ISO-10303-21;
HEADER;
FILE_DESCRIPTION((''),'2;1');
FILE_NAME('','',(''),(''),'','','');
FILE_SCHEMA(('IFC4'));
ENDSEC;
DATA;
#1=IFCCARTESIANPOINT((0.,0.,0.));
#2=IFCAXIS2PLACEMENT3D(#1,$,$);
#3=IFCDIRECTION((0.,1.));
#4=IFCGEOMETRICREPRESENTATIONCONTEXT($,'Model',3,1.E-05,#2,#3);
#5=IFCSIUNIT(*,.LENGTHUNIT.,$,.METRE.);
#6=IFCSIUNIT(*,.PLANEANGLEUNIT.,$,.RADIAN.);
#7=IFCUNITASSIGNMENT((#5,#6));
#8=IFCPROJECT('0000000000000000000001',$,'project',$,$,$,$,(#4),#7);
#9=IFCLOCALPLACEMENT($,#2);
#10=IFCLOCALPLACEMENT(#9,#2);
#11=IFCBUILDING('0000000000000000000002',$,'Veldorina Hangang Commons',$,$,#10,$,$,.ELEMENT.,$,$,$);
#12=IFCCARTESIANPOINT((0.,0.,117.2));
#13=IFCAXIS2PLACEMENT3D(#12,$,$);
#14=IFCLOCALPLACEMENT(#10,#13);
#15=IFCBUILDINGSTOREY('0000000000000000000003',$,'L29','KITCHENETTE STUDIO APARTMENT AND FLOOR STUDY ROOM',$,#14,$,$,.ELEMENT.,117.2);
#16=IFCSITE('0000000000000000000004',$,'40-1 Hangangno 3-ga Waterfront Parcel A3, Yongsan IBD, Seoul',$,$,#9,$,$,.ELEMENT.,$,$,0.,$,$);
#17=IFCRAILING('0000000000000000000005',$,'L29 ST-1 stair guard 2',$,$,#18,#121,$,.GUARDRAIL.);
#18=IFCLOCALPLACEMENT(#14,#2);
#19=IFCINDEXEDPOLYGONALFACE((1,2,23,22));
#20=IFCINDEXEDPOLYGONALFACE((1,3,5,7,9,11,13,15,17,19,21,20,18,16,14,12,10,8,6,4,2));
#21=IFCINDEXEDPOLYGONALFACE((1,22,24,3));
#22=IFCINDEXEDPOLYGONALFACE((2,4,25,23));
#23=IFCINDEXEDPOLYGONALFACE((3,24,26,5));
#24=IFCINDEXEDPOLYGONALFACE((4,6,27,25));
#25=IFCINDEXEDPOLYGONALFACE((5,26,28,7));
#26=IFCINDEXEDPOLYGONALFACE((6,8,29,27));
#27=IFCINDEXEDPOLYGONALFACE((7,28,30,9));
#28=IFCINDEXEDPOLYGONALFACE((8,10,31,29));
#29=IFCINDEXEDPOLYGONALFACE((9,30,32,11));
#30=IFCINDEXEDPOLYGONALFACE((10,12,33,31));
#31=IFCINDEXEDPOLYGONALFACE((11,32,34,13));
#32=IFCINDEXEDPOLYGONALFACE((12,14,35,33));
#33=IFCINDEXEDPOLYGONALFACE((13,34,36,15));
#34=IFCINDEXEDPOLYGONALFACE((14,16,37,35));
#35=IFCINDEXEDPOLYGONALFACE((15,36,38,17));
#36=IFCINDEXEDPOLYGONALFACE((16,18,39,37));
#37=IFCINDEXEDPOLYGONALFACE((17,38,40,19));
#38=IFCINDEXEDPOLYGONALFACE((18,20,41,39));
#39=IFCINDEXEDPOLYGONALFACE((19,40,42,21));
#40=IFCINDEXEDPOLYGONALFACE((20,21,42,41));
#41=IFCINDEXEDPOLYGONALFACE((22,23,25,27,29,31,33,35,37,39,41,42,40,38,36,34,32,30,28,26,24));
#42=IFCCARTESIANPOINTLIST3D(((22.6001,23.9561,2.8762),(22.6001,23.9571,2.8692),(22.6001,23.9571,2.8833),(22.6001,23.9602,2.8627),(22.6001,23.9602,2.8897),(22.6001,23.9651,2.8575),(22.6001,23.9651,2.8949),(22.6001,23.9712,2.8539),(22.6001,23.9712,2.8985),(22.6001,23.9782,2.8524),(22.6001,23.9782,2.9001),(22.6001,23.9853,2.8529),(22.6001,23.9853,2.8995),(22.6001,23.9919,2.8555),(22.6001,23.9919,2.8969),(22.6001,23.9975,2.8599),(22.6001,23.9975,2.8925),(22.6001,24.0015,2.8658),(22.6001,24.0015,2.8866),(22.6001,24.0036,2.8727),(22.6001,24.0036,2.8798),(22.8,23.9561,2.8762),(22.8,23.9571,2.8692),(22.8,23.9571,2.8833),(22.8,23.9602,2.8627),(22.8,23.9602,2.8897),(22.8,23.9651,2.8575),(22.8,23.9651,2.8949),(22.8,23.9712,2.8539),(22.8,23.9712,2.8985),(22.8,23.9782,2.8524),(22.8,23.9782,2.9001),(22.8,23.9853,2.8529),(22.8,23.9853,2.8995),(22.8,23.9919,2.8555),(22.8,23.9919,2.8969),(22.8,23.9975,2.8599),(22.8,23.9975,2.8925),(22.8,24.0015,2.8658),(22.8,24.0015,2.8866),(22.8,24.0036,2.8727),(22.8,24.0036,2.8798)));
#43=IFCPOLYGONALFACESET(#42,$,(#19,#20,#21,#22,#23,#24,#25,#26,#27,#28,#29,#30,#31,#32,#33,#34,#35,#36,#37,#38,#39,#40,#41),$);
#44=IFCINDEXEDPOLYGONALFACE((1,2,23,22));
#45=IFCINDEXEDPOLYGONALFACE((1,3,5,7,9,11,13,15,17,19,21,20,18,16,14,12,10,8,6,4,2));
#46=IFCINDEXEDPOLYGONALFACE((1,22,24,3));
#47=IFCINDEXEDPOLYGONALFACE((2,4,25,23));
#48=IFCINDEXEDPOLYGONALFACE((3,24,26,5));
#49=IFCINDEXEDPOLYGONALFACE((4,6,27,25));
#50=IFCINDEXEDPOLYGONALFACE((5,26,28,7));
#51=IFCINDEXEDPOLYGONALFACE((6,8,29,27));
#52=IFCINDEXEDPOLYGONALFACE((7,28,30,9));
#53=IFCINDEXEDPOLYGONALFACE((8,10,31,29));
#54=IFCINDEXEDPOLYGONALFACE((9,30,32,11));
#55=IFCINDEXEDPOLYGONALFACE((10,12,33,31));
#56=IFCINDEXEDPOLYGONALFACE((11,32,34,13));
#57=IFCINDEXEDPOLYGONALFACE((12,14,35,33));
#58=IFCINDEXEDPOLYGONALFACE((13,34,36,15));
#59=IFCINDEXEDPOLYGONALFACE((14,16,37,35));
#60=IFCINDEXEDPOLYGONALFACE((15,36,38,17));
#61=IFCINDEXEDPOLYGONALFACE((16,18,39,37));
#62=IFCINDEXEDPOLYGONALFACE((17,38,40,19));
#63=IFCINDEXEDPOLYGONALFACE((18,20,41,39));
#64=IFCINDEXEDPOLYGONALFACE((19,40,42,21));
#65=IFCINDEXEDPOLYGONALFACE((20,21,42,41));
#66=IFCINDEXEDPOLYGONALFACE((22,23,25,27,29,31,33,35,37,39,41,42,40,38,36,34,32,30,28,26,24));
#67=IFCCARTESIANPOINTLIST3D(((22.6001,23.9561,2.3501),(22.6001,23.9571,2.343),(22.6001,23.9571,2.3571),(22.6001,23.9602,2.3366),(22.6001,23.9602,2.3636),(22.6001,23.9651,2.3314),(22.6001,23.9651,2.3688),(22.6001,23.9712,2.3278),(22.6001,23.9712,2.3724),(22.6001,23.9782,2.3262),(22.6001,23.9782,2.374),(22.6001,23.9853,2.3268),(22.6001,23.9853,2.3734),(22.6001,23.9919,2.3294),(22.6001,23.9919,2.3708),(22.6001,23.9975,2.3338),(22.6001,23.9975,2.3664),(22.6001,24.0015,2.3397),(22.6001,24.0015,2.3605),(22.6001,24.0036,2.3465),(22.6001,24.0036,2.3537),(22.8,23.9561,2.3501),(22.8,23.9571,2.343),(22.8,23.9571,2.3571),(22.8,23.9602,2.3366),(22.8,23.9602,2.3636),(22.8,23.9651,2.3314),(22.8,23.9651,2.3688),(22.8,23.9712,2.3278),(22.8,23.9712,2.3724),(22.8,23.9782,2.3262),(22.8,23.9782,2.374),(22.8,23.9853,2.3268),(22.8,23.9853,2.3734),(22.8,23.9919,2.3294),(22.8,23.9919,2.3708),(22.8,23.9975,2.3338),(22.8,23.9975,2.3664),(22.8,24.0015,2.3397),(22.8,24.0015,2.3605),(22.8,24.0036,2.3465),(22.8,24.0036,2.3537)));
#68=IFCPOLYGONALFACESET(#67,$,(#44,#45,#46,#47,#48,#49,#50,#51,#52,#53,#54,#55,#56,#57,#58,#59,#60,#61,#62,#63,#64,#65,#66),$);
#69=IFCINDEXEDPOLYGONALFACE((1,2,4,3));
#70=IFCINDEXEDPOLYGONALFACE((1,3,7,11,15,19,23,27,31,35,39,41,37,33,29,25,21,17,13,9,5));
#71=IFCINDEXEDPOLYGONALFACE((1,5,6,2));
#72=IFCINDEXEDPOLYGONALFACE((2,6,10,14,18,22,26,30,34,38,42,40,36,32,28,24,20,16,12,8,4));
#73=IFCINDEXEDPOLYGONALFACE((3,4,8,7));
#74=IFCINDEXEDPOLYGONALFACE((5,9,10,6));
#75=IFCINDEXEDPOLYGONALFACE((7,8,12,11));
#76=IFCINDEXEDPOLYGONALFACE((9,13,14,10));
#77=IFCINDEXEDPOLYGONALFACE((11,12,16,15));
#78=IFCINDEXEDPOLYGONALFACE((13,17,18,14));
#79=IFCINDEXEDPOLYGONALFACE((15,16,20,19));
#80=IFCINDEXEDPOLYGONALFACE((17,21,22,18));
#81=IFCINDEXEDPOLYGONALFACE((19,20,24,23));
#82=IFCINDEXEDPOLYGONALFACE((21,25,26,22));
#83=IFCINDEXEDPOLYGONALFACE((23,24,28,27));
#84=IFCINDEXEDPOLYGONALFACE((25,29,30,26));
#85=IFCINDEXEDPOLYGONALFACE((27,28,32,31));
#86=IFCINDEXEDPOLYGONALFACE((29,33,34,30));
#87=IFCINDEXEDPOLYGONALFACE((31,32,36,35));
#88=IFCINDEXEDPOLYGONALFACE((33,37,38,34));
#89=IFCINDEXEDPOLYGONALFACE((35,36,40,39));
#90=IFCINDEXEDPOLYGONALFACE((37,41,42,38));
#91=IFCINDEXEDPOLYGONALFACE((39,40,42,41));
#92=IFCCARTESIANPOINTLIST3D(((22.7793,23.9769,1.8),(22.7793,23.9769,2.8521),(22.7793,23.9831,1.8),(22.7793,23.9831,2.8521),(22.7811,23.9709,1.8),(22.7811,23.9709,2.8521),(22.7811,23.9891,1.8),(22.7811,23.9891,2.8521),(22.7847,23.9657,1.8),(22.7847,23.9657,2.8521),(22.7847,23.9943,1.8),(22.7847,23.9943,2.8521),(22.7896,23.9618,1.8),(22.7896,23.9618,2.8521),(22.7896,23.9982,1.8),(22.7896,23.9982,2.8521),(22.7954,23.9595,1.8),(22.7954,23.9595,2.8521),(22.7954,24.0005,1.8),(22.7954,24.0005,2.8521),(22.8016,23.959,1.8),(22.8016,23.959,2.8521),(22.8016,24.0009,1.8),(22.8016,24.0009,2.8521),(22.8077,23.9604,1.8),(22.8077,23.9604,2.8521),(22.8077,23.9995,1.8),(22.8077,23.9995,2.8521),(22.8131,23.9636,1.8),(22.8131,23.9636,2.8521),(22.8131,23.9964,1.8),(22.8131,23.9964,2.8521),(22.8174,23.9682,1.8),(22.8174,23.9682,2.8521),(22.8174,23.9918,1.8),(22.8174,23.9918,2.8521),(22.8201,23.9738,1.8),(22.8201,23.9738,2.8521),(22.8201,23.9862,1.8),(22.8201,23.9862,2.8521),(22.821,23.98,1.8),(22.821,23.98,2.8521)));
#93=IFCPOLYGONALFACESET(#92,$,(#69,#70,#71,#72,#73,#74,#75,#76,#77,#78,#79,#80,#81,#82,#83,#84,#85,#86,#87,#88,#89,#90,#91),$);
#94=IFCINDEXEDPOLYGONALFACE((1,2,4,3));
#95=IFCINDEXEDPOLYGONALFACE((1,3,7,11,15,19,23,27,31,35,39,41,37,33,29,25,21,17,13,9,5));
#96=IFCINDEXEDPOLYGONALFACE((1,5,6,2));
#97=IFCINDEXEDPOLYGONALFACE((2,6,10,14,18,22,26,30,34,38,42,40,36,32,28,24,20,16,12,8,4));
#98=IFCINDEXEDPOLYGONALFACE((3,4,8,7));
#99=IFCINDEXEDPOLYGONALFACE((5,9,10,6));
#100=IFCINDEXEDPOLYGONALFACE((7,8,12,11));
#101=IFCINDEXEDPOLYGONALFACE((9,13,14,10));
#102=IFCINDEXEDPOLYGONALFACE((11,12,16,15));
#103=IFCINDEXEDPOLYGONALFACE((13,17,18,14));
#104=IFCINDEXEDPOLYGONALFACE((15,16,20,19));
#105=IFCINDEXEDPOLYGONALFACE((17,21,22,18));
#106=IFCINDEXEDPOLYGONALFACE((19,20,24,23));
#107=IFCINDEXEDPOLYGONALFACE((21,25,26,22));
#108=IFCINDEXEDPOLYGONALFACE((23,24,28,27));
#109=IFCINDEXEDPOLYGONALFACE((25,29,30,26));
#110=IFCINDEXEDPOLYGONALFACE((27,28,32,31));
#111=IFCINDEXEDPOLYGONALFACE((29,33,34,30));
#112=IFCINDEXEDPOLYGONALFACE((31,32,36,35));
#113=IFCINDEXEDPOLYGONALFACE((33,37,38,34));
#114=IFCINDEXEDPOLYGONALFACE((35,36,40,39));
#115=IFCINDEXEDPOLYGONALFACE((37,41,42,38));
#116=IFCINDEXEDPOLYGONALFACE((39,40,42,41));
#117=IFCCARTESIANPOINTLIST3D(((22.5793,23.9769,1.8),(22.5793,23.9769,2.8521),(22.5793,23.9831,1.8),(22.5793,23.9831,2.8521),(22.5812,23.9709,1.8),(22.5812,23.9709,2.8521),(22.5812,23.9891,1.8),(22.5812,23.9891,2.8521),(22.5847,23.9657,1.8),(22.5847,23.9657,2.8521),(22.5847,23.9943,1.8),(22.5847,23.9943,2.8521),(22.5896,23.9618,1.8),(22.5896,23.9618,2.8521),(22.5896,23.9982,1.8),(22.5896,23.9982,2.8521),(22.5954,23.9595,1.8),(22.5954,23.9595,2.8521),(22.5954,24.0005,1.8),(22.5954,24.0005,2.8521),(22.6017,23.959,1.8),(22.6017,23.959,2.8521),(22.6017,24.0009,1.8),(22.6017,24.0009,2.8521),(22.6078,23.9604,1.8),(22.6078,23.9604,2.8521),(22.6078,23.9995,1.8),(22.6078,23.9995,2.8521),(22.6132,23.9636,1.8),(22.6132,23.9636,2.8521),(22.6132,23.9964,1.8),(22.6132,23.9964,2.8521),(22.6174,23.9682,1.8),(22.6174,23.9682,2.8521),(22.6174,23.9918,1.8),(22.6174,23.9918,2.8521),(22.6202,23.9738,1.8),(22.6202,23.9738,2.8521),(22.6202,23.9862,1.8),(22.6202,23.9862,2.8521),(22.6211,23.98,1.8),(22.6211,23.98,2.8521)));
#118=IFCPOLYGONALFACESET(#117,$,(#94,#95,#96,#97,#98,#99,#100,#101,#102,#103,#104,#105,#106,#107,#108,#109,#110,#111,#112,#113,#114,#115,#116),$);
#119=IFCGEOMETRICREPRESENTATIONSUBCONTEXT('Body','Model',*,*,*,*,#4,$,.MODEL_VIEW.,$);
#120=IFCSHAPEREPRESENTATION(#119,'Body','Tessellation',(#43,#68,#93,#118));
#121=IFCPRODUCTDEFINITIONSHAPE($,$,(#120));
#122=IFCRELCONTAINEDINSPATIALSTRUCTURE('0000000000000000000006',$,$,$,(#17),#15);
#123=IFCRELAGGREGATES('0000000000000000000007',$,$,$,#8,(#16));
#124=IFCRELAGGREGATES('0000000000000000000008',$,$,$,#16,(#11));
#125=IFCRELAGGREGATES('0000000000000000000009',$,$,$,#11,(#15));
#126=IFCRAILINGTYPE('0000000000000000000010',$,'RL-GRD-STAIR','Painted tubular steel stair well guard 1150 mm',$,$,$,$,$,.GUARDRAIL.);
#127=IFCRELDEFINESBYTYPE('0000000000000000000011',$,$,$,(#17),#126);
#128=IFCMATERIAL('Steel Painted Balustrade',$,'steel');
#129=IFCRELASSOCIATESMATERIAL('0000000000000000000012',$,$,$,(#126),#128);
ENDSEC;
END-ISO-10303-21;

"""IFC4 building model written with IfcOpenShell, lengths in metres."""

from ifc_helpers import new_model, si_unit, direction, frame, origin, origin_2d, place, context, subcontext, project, spatial, circle, extrude, material, type_object, element, save


model = new_model("IFC4")

# Units and contexts
model_context = context("Model", 3, precision=1e-05, world=origin(), true_north=direction((0.0, 1.0)))
body_context = subcontext(model_context, "Body", "Model", "MODEL_VIEW")
ifc_project = project(units=[si_unit("LENGTHUNIT", "METRE"), si_unit("PLANEANGLEUNIT", "RADIAN")], contexts=[model_context])

# Site, building, storey
site_placement = place(None, origin())
site = spatial("IfcSite", under=ifc_project, at=site_placement, Name="40-1 Hangangno 3-ga Waterfront Parcel A3, Yongsan IBD, Seoul", CompositionType="ELEMENT", RefElevation=0.0)
building_placement = place(site_placement, origin())
building = spatial("IfcBuilding", under=site, at=building_placement, Name="Veldorina Hangang Commons", CompositionType="ELEMENT")
storey_placement = place(building_placement, frame((0.0, 0.0, 117.2)))
storey = spatial("IfcBuildingStorey", under=building, at=storey_placement, Name="L29", Description="KITCHENETTE STUDIO APARTMENT AND FLOOR STUDY ROOM", CompositionType="ELEMENT", Elevation=117.2)

# Railing
ifc_material_1 = material(Name="Steel Painted Balustrade", Category="steel")
railing_type_1 = type_object("IfcRailingType", Name="RL-GRD-STAIR", Description="Painted tubular steel stair well guard 1150 mm", PredefinedType="GUARDRAIL", material=ifc_material_1)
railing_1_placement = place(storey_placement, frame((22.8, 23.98, 1.8)))
element("IfcRailing", 1, at=railing_1_placement, inside=storey, type_object=railing_type_1, Name="L29 ST-1 stair guard 2", PredefinedType="GUARDRAIL", context=body_context, shape_type="SweptSolid", body=[
    extrude(circle(Radius=0.0239, at=origin_2d()), frame((0.0, 0.0, 1.0762), z_axis=(-1.0, 0.0, 0.0), x_axis=(0.0, -1.0, 0.0)), (0.0, 0.0, 1.0), 0.2),
    extrude(circle(Radius=0.0239, at=origin_2d()), frame((0.0, 0.0, 0.55), z_axis=(-1.0, 0.0, 0.0), x_axis=(0.0, -1.0, 0.0)), (0.0, 0.0, 1.0), 0.2),
    extrude(circle(Radius=0.021, at=origin_2d()), origin(), (0.0, 0.0, 1.0), 1.052),
    extrude(circle(Radius=0.021, at=origin_2d()), frame((-0.2, 0.0, 0.0)), (0.0, 0.0, 1.0), 1.052),
])

save(model, "model.ifc")
